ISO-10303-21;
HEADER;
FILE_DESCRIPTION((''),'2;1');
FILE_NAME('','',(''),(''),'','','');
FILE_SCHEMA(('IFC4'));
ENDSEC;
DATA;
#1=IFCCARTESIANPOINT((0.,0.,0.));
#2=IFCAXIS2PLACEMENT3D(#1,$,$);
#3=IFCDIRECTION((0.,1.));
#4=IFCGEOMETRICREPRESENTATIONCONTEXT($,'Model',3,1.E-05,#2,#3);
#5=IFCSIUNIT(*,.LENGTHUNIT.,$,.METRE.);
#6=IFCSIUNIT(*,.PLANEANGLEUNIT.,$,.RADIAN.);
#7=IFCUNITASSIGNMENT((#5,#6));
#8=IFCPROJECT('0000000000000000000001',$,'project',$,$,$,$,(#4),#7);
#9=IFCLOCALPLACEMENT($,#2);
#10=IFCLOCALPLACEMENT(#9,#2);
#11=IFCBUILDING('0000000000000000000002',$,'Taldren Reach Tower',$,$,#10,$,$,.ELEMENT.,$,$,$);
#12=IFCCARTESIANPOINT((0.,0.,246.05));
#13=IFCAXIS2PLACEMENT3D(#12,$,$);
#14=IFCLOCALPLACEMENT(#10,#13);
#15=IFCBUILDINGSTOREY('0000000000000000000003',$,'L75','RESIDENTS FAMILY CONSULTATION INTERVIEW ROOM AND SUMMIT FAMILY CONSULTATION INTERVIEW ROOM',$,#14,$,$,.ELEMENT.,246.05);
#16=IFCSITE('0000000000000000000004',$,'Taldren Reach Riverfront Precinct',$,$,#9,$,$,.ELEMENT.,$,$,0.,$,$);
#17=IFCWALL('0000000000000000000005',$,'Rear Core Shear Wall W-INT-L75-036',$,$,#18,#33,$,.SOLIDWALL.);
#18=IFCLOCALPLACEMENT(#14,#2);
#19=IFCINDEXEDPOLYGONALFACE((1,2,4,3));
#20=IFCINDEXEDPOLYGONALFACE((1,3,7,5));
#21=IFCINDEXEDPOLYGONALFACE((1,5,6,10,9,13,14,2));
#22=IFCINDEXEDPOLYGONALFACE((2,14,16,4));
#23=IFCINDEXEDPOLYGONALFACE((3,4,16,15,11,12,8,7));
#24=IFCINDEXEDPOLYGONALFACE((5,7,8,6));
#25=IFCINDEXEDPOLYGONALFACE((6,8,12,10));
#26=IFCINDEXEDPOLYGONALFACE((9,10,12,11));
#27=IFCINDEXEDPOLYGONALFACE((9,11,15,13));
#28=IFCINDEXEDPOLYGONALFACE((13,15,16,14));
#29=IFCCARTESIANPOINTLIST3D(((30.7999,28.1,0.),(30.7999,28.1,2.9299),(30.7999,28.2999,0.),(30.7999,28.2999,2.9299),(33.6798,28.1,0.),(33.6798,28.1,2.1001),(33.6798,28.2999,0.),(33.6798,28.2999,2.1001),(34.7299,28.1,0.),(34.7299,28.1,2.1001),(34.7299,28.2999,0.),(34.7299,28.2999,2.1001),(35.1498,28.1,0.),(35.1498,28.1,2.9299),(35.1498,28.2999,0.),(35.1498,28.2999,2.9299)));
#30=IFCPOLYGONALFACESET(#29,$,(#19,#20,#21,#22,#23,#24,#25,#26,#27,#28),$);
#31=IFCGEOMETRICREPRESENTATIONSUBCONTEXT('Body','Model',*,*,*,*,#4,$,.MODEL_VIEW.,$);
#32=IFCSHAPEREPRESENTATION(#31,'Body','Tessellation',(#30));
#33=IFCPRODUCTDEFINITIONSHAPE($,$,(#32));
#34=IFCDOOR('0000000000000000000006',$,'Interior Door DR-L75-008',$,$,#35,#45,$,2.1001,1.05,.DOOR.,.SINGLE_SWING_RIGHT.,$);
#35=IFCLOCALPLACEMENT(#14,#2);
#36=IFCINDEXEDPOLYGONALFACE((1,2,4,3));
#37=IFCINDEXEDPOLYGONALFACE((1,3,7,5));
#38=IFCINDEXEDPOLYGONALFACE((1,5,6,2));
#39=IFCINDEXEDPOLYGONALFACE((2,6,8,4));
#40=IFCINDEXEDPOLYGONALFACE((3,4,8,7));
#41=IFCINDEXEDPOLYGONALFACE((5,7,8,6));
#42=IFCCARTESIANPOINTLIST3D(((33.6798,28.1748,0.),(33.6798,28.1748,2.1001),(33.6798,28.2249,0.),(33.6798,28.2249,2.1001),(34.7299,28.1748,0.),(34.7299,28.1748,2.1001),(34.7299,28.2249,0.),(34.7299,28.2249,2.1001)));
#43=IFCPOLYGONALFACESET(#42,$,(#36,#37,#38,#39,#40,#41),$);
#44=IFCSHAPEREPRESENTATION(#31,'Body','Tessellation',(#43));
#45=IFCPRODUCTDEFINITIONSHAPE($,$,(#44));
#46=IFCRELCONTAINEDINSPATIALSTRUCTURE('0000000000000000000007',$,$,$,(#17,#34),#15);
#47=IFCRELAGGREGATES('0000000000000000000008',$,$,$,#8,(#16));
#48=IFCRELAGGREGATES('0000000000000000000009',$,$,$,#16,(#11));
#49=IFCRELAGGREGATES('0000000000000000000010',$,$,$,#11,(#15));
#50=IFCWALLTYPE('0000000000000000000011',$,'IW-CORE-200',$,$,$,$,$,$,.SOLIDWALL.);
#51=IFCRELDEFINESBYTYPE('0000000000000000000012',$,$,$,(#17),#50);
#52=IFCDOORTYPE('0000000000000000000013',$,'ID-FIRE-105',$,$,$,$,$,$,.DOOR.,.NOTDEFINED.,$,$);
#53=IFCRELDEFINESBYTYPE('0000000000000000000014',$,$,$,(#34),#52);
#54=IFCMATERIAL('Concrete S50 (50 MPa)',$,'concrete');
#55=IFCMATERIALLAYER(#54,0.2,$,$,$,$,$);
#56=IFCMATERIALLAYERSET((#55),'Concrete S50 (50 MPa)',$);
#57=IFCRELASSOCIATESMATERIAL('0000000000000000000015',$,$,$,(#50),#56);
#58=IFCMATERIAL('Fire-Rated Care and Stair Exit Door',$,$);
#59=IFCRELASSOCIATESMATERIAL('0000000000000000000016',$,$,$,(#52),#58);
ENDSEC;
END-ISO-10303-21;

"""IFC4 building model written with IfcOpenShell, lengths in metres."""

from ifc_helpers import new_model, si_unit, direction, frame, frame_2d, origin, place, context, subcontext, project, spatial, rectangle, extrude, source, transform, mapped, material, layer, layer_set, type_object, element, fill, save


model = new_model("IFC4")

# Units and contexts
model_context = context("Model", 3, precision=1e-05, world=origin(), true_north=direction((0.0, 1.0)))
body_context = subcontext(model_context, "Body", "Model", "MODEL_VIEW")
ifc_project = project(units=[si_unit("LENGTHUNIT", "METRE"), si_unit("PLANEANGLEUNIT", "RADIAN")], contexts=[model_context])

# Site, building, storey
site_placement = place(None, origin())
site = spatial("IfcSite", under=ifc_project, at=site_placement, Name="Taldren Reach Riverfront Precinct", CompositionType="ELEMENT", RefElevation=0.0)
building_placement = place(site_placement, origin())
building = spatial("IfcBuilding", under=site, at=building_placement, Name="Taldren Reach Tower", CompositionType="ELEMENT")
storey_placement = place(building_placement, frame((0.0, 0.0, 246.05)))
storey = spatial("IfcBuildingStorey", under=building, at=storey_placement, Name="L75", Description="RESIDENTS FAMILY CONSULTATION INTERVIEW ROOM AND SUMMIT FAMILY CONSULTATION INTERVIEW ROOM", CompositionType="ELEMENT", Elevation=246.05)

# Shared definitions
ifc_material_1 = material(Name="Concrete S50 (50 MPa)", Category="concrete")
ifc_layer_1 = layer(ifc_material_1, 0.2)
ifc_layer_set_1 = layer_set([ifc_layer_1], Name="Concrete S50 (50 MPa)")
wall_type_1 = type_object("IfcWallType", Name="IW-CORE-200", PredefinedType="SOLIDWALL", material=ifc_layer_set_1)
shared_shape_1 = source(origin(), body_context, "Body", "SweptSolid", [
    extrude(rectangle(XDim=1.05, YDim=2.1001, at=frame_2d((0.5249, 1.05))), frame((0.0, 0.1099, 0.0), z_axis=(0.0, -1.0, 0.0), x_axis=(1.0, 0.0, 0.0)), (0.0, 0.0, 1.0), 0.22),
])
ifc_material_2 = material(Name="Fire-Rated Care and Stair Exit Door")
door_type_1 = type_object("IfcDoorType", Name="ID-FIRE-105", OperationType="NOTDEFINED", PredefinedType="DOOR", material=ifc_material_2)
shared_shape_2 = source(origin(), body_context, "Body", "SweptSolid", [
    extrude(rectangle(XDim=1.05, YDim=2.1001, at=frame_2d((0.5249, 1.05))), frame((0.0, 0.0249, 0.0), z_axis=(0.0, -1.0, 0.0), x_axis=(1.0, 0.0, 0.0)), (0.0, 0.0, 1.0), 0.05),
])

# Wall, opening, door
shared_shape_3 = source(origin(), body_context, "Body", "SweptSolid", [
    extrude(rectangle(XDim=4.3499, YDim=0.2, at=frame_2d((2.1748, 0.0))), origin(), (0.0, 0.0, 1.0), 2.9299),
])
wall_1_placement = place(storey_placement, frame((30.8, 28.2, 0.0), z_axis=(0.0, 0.0, 1.0), x_axis=(1.0, 0.0, 0.0)))
wall_1 = element("IfcWall", 1, at=wall_1_placement, inside=storey, type_object=wall_type_1, Name="Rear Core Shear Wall W-INT-L75-036", PredefinedType="SOLIDWALL", context=body_context, shape_type="MappedRepresentation", body=[
    mapped(shared_shape_3, transform((0.0, 0.0, 0.0), scale=1.0)),
])
opening_1_placement = place(wall_1_placement, frame((2.8799, 0.0, 0.0)))
opening_1 = element("IfcOpeningElement", 2, at=opening_1_placement, cuts=wall_1, PredefinedType="OPENING", context=body_context, shape_type="MappedRepresentation", body=[
    mapped(shared_shape_1, transform((0.0, 0.0, 0.0), scale=1.0)),
])
door_1_placement = place(opening_1_placement, origin())
door_1 = element("IfcDoor", 3, at=door_1_placement, inside=storey, type_object=door_type_1, Name="Interior Door DR-L75-008", OperationType="SINGLE_SWING_RIGHT", OverallHeight=2.1001, OverallWidth=1.05, PredefinedType="DOOR", context=body_context, shape_type="MappedRepresentation", body=[
    mapped(shared_shape_2, transform((0.0, 0.0, 0.0), scale=1.0)),
])
fill(opening_1, door_1)

save(model, "model.ifc")
